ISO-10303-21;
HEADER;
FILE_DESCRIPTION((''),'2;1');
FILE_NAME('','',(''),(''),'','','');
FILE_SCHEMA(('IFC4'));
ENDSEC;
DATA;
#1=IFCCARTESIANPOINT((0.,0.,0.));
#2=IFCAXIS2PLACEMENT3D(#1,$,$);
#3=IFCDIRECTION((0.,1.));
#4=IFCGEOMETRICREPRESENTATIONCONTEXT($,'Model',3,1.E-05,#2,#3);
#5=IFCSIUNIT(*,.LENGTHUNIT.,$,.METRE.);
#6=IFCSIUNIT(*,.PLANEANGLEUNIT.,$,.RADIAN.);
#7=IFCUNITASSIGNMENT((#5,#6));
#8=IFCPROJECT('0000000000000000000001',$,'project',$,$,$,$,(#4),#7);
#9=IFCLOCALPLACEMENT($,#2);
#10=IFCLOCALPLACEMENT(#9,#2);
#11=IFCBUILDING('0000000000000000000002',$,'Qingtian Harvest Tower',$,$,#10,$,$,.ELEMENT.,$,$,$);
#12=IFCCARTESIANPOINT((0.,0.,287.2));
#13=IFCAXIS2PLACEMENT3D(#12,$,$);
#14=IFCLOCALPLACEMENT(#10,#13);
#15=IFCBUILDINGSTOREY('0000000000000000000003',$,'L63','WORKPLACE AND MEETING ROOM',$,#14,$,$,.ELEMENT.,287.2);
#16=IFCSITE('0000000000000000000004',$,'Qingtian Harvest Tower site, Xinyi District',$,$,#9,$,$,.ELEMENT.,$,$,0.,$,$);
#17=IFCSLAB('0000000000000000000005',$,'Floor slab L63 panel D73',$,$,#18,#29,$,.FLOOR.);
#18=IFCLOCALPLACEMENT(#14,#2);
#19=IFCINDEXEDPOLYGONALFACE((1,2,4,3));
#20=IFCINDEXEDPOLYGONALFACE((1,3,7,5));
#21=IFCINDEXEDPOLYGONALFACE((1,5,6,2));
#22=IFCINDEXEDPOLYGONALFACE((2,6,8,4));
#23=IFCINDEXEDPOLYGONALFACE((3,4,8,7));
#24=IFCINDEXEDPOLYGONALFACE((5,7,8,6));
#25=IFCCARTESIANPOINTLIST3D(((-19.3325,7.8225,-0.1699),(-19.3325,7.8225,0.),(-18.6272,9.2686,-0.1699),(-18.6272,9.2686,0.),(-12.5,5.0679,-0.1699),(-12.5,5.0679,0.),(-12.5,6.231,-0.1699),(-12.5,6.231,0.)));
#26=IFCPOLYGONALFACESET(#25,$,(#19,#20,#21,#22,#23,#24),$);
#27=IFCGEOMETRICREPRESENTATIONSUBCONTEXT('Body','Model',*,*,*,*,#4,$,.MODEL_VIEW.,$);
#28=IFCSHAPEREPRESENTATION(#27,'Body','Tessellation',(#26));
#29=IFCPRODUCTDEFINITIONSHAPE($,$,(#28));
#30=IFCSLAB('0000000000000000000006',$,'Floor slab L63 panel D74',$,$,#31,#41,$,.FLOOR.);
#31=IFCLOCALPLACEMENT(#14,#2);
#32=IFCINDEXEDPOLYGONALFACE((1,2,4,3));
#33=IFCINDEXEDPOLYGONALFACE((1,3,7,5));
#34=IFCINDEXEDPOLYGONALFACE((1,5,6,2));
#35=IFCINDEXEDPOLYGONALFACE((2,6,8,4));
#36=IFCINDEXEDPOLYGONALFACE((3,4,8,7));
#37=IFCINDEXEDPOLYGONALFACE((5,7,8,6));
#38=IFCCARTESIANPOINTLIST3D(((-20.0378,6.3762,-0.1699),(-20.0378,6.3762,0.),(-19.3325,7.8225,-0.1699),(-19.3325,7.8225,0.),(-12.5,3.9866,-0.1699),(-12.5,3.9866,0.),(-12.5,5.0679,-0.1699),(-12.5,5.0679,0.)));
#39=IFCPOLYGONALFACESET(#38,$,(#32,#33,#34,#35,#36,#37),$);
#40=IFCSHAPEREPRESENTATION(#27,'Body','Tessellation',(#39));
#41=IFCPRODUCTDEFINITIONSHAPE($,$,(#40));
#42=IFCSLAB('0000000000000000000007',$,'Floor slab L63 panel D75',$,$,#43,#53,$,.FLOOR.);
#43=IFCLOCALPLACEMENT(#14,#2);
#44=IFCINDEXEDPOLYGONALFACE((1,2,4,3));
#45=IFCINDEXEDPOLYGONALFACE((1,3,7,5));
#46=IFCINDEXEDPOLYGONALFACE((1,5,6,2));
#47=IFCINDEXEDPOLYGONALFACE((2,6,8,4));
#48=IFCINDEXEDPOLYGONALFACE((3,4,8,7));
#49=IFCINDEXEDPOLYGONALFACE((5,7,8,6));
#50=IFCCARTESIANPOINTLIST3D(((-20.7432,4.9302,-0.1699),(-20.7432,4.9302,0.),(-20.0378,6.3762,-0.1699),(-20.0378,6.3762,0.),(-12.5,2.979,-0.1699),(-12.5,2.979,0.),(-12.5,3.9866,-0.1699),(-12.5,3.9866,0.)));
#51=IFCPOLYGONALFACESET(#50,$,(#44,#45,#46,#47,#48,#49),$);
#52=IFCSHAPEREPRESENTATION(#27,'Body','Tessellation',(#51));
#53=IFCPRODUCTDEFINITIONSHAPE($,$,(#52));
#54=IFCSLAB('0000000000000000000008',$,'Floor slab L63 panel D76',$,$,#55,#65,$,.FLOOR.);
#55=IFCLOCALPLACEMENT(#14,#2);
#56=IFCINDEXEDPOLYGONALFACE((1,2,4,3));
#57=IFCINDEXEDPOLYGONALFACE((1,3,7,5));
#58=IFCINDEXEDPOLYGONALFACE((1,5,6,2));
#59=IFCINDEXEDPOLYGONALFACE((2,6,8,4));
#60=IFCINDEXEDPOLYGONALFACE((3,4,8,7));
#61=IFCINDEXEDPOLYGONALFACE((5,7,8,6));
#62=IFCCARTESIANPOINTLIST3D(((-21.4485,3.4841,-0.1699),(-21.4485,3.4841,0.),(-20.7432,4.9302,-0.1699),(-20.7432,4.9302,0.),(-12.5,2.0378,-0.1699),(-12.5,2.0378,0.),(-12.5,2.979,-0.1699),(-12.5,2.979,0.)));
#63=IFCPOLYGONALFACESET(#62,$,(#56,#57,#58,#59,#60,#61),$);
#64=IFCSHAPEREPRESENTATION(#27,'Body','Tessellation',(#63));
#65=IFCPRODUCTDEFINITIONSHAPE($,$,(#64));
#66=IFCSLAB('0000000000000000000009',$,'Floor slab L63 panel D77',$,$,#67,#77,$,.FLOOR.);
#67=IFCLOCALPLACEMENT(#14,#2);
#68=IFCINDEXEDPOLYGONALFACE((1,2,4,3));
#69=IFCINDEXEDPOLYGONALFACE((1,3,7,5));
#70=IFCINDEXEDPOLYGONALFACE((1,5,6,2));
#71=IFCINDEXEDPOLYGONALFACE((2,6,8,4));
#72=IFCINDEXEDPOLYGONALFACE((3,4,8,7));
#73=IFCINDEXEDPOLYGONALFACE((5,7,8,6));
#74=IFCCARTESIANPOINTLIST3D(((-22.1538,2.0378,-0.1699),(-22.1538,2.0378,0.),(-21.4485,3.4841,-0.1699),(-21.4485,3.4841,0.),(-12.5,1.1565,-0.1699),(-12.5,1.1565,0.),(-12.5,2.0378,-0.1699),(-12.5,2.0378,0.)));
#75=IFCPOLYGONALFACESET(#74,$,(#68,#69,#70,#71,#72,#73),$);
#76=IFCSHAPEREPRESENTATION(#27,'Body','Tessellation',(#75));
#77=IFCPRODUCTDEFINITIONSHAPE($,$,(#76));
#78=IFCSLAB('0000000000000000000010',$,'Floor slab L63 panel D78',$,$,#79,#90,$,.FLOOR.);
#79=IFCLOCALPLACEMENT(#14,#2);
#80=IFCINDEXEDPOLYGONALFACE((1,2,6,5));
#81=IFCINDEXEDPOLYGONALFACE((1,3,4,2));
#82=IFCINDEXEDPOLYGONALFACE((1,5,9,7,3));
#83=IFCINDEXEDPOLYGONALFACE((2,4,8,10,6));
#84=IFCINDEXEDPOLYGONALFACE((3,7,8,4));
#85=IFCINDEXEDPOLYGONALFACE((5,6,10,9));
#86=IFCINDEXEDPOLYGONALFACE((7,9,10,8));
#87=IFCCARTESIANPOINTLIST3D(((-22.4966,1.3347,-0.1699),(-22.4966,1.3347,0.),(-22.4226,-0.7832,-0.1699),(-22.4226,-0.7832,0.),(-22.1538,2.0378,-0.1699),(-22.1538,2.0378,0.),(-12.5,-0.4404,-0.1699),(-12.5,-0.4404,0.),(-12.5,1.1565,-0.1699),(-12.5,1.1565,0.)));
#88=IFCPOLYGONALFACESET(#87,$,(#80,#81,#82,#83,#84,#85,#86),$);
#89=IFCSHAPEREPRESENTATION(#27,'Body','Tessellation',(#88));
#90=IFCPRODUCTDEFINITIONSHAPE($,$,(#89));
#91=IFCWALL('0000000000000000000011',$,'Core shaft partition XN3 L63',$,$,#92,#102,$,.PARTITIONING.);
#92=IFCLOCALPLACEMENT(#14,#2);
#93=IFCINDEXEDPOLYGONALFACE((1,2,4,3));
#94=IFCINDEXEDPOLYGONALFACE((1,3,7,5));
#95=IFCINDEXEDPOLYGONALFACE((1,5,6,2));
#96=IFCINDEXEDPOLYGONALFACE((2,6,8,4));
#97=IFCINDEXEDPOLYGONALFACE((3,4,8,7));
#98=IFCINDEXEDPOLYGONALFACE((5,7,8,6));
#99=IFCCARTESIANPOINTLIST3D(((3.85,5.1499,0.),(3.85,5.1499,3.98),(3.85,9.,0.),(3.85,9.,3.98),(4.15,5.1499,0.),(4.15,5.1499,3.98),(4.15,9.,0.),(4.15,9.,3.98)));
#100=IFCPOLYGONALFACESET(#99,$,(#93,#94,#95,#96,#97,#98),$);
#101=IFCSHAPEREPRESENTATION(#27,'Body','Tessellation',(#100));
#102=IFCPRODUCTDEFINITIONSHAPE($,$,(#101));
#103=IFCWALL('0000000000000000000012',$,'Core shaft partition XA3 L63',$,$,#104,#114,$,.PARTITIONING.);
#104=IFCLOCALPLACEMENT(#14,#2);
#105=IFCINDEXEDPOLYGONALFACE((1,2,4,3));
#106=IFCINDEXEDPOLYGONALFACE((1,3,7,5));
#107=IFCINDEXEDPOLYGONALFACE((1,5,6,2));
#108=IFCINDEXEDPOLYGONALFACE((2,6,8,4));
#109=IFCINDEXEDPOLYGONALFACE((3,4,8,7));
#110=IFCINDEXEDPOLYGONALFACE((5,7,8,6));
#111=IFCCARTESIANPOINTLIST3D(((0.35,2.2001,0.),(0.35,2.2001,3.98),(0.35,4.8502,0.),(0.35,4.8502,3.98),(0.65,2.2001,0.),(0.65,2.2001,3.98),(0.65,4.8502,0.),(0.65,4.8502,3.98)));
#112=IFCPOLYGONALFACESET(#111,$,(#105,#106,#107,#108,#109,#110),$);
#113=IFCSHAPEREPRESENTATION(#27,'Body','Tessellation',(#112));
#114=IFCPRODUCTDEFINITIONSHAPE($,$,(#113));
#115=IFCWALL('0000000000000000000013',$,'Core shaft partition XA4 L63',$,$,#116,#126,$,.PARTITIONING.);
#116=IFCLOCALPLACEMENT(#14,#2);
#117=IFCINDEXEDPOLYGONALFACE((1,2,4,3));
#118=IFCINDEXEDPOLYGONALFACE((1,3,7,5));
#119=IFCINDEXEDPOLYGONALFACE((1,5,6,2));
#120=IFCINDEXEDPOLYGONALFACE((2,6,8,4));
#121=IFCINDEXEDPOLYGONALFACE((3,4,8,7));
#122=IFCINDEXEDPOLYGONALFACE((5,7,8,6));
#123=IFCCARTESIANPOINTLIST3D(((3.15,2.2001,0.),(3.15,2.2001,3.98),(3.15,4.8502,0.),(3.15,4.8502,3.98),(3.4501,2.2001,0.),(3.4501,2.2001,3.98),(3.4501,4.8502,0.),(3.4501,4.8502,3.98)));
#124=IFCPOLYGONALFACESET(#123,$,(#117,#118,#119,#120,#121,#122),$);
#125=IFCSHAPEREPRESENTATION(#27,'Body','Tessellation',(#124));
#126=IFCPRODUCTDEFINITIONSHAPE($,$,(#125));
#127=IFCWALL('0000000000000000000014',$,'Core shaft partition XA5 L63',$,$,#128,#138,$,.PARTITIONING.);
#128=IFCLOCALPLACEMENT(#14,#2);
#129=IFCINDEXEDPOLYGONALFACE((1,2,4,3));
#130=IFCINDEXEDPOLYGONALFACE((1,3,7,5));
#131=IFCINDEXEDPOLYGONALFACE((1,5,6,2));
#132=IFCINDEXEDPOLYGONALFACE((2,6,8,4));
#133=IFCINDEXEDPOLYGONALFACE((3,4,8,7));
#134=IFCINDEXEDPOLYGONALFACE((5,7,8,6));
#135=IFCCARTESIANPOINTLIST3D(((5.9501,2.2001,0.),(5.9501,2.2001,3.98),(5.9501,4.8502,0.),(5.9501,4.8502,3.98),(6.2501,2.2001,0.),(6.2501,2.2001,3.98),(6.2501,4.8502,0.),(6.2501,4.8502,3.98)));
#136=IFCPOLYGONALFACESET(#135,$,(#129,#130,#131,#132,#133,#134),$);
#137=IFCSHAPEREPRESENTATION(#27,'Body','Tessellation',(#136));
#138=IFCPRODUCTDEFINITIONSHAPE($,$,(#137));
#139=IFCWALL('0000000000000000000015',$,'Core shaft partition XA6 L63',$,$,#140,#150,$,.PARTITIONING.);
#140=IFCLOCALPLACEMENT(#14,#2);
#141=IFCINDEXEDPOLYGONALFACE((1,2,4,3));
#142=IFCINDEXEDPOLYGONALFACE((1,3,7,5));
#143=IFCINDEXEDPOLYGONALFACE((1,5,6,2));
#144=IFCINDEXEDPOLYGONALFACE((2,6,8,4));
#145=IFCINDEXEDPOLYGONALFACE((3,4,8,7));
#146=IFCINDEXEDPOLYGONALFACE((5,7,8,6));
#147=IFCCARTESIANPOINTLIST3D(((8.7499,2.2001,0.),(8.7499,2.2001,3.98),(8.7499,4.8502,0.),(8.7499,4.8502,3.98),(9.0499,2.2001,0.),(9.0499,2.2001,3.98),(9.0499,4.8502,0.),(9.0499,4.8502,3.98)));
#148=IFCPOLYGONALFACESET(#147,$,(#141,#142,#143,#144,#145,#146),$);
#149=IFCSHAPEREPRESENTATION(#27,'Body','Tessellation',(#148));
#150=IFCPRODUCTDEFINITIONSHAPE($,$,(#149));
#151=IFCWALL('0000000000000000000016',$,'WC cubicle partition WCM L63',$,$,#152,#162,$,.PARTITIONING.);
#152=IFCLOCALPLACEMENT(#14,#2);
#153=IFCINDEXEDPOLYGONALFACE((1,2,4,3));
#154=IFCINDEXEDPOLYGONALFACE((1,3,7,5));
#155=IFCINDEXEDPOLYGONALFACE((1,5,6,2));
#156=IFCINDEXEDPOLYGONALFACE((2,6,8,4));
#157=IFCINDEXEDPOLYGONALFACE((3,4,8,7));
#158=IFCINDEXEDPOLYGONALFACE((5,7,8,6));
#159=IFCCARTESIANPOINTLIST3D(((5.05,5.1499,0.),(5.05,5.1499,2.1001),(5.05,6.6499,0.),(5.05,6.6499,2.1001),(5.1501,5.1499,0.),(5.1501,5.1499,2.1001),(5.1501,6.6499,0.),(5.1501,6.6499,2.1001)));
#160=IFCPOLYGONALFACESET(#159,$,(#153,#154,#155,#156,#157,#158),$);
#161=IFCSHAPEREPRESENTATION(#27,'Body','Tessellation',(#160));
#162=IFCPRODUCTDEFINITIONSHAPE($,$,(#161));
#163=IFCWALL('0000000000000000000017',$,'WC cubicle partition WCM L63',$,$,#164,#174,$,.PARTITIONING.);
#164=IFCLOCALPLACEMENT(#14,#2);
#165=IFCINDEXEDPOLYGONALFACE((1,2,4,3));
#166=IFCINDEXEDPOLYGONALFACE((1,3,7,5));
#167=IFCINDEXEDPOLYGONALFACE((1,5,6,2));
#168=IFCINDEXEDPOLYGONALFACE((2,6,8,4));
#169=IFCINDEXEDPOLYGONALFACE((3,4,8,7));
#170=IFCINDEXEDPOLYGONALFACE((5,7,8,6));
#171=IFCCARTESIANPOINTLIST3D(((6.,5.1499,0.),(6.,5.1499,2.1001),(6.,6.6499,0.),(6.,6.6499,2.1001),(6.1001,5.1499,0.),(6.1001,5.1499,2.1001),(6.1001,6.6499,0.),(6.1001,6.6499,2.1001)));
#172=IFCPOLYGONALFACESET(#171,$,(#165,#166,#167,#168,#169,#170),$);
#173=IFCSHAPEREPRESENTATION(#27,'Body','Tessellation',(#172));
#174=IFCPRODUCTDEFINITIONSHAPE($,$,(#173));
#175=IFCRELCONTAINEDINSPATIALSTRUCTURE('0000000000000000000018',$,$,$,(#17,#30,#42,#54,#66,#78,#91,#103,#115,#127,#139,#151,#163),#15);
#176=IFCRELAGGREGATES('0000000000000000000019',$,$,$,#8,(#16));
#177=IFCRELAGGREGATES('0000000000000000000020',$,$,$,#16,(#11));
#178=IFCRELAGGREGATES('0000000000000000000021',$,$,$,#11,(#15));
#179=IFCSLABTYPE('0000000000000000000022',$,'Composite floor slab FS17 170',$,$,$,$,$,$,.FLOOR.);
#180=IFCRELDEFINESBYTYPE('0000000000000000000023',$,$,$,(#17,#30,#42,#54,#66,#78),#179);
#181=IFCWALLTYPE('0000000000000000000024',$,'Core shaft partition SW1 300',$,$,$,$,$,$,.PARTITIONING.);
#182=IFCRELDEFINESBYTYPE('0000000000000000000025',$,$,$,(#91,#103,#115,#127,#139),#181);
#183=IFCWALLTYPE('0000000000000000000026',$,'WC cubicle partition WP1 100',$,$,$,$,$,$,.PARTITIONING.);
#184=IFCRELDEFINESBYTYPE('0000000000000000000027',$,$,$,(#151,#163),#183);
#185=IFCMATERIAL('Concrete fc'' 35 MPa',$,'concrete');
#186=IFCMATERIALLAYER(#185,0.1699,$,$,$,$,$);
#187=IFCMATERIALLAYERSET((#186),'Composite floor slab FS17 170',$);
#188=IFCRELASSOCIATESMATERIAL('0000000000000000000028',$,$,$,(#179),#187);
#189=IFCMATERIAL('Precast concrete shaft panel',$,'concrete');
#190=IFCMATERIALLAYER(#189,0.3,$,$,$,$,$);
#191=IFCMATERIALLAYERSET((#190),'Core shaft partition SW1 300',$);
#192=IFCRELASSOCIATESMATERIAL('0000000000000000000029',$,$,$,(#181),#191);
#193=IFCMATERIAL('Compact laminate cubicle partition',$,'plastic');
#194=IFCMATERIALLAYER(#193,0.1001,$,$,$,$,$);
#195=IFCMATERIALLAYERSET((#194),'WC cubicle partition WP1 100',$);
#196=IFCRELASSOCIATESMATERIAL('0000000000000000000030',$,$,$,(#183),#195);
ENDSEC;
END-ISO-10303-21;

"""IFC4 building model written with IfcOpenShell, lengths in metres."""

from ifc_helpers import new_model, si_unit, direction, frame, frame_2d, origin, place, context, subcontext, project, spatial, polyline, rectangle, outline, extrude, material, layer, layer_set, type_object, element, save


model = new_model("IFC4")

# Units and contexts
model_context = context("Model", 3, precision=1e-05, world=origin(), true_north=direction((0.0, 1.0)))
body_context = subcontext(model_context, "Body", "Model", "MODEL_VIEW")
ifc_project = project(units=[si_unit("LENGTHUNIT", "METRE"), si_unit("PLANEANGLEUNIT", "RADIAN")], contexts=[model_context])

# Site, building, storey
site_placement = place(None, origin())
site = spatial("IfcSite", under=ifc_project, at=site_placement, Name="Qingtian Harvest Tower site, Xinyi District", CompositionType="ELEMENT", RefElevation=0.0)
building_placement = place(site_placement, origin())
building = spatial("IfcBuilding", under=site, at=building_placement, Name="Qingtian Harvest Tower", CompositionType="ELEMENT")
storey_placement = place(building_placement, frame((0.0, 0.0, 287.2)))
storey = spatial("IfcBuildingStorey", under=building, at=storey_placement, Name="L63", Description="WORKPLACE AND MEETING ROOM", CompositionType="ELEMENT", Elevation=287.2)

# Slabs
ifc_material_1 = material(Name="Concrete fc' 35 MPa", Category="concrete")
ifc_layer_1 = layer(ifc_material_1, 0.1699)
ifc_layer_set_1 = layer_set([ifc_layer_1], Name="Composite floor slab FS17 170")
slab_type = type_object("IfcSlabType", Name="Composite floor slab FS17 170", PredefinedType="FLOOR", material=ifc_layer_set_1)
slab_1_placement = place(storey_placement, frame((0.0, 0.0, -0.1699)))
element("IfcSlab", 1, at=slab_1_placement, inside=storey, type_object=slab_type, Name="Floor slab L63 panel D73", PredefinedType="FLOOR", context=body_context, shape_type="SweptSolid", body=[
    extrude(outline(polyline([(-12.5, 5.0679), (-19.3325, 7.8225), (-18.6272, 9.2686), (-12.5, 6.231), (-12.5, 5.0679)])), origin(), (0.0, 0.0, 1.0), 0.1699),
])
slab_2_placement = place(storey_placement, frame((0.0, 0.0, -0.1699)))
element("IfcSlab", 2, at=slab_2_placement, inside=storey, type_object=slab_type, Name="Floor slab L63 panel D74", PredefinedType="FLOOR", context=body_context, shape_type="SweptSolid", body=[
    extrude(outline(polyline([(-12.5, 3.9866), (-20.0378, 6.3762), (-19.3325, 7.8225), (-12.5, 5.0679), (-12.5, 3.9866)])), origin(), (0.0, 0.0, 1.0), 0.1699),
])
slab_3_placement = place(storey_placement, frame((0.0, 0.0, -0.1699)))
element("IfcSlab", 3, at=slab_3_placement, inside=storey, type_object=slab_type, Name="Floor slab L63 panel D75", PredefinedType="FLOOR", context=body_context, shape_type="SweptSolid", body=[
    extrude(outline(polyline([(-12.5, 2.979), (-20.7432, 4.9302), (-20.0378, 6.3762), (-12.5, 3.9866), (-12.5, 2.979)])), origin(), (0.0, 0.0, 1.0), 0.1699),
])
slab_4_placement = place(storey_placement, frame((0.0, 0.0, -0.1699)))
element("IfcSlab", 4, at=slab_4_placement, inside=storey, type_object=slab_type, Name="Floor slab L63 panel D76", PredefinedType="FLOOR", context=body_context, shape_type="SweptSolid", body=[
    extrude(outline(polyline([(-12.5, 2.0378), (-21.4485, 3.4841), (-20.7432, 4.9302), (-12.5, 2.979), (-12.5, 2.0378)])), origin(), (0.0, 0.0, 1.0), 0.1699),
])
slab_5_placement = place(storey_placement, frame((0.0, 0.0, -0.1699)))
element("IfcSlab", 5, at=slab_5_placement, inside=storey, type_object=slab_type, Name="Floor slab L63 panel D77", PredefinedType="FLOOR", context=body_context, shape_type="SweptSolid", body=[
    extrude(outline(polyline([(-12.5, 1.1565), (-22.1538, 2.0378), (-21.4485, 3.4841), (-12.5, 2.0378), (-12.5, 1.1565)])), origin(), (0.0, 0.0, 1.0), 0.1699),
])
slab_6_placement = place(storey_placement, frame((0.0, 0.0, -0.1699)))
element("IfcSlab", 6, at=slab_6_placement, inside=storey, type_object=slab_type, Name="Floor slab L63 panel D78", PredefinedType="FLOOR", context=body_context, shape_type="SweptSolid", body=[
    extrude(outline(polyline([(-12.5, 1.1565), (-12.5, -0.4404), (-22.4226, -0.7832), (-22.4966, 1.3347), (-22.1538, 2.0378), (-12.5, 1.1565)])), origin(), (0.0, 0.0, 1.0), 0.1699),
])

# Shared definitions
ifc_material_2 = material(Name="Precast concrete shaft panel", Category="concrete")
ifc_layer_2 = layer(ifc_material_2, 0.3)
ifc_layer_set_2 = layer_set([ifc_layer_2], Name="Core shaft partition SW1 300")
wall_type_1 = type_object("IfcWallType", Name="Core shaft partition SW1 300", PredefinedType="PARTITIONING", material=ifc_layer_set_2)

# Walls
wall_1_placement = place(storey_placement, frame((4.0, 5.1499, 0.0), z_axis=(0.0, 0.0, 1.0), x_axis=(0.0, 1.0, 0.0)))
element("IfcWall", 7, at=wall_1_placement, inside=storey, type_object=wall_type_1, Name="Core shaft partition XN3 L63", PredefinedType="PARTITIONING", context=body_context, shape_type="SweptSolid", body=[
    extrude(rectangle(XDim=3.8501, YDim=0.3, at=frame_2d((1.925, 0.0))), origin(), (0.0, 0.0, 1.0), 3.98),
])
for number, where, z_axis, x_axis, name in (
    (8, (0.5, 2.2, 0.0), (0.0, 0.0, 1.0), (0.0, 1.0, 0.0), "Core shaft partition XA3 L63"),
    (9, (3.3, 2.2, 0.0), (0.0, 0.0, 1.0), (0.0, 1.0, 0.0), "Core shaft partition XA4 L63"),
    (10, (6.1001, 2.2, 0.0), (0.0, 0.0, 1.0), (0.0, 1.0, 0.0), "Core shaft partition XA5 L63"),
    (11, (8.8999, 2.2, 0.0), (0.0, 0.0, 1.0), (0.0, 1.0, 0.0), "Core shaft partition XA6 L63"),
):
    element("IfcWall", number, at=place(storey_placement, frame(where, z_axis=z_axis, x_axis=x_axis)), inside=storey, type_object=wall_type_1, Name=name, PredefinedType="PARTITIONING", context=body_context, shape_type="SweptSolid", body=[
        extrude(rectangle(XDim=2.6501, YDim=0.3, at=frame_2d((1.3252, 0.0))), origin(), (0.0, 0.0, 1.0), 3.98),
    ])
ifc_material_3 = material(Name="Compact laminate cubicle partition", Category="plastic")
ifc_layer_3 = layer(ifc_material_3, 0.1001)
ifc_layer_set_3 = layer_set([ifc_layer_3], Name="WC cubicle partition WP1 100")
wall_type_2 = type_object("IfcWallType", Name="WC cubicle partition WP1 100", PredefinedType="PARTITIONING", material=ifc_layer_set_3)
for number, where, z_axis, x_axis, name in (
    (12, (5.1001, 5.1499, 0.0), (0.0, 0.0, 1.0), (0.0, 1.0, 0.0), "WC cubicle partition WCM L63"),
    (13, (6.05, 5.1499, 0.0), (0.0, 0.0, 1.0), (0.0, 1.0, 0.0), "WC cubicle partition WCM L63"),
):
    element("IfcWall", number, at=place(storey_placement, frame(where, z_axis=z_axis, x_axis=x_axis)), inside=storey, type_object=wall_type_2, Name=name, PredefinedType="PARTITIONING", context=body_context, shape_type="SweptSolid", body=[
        extrude(rectangle(XDim=1.5, YDim=0.1001, at=frame_2d((0.75, 0.0))), origin(), (0.0, 0.0, 1.0), 2.1001),
    ])

save(model, "model.ifc")
